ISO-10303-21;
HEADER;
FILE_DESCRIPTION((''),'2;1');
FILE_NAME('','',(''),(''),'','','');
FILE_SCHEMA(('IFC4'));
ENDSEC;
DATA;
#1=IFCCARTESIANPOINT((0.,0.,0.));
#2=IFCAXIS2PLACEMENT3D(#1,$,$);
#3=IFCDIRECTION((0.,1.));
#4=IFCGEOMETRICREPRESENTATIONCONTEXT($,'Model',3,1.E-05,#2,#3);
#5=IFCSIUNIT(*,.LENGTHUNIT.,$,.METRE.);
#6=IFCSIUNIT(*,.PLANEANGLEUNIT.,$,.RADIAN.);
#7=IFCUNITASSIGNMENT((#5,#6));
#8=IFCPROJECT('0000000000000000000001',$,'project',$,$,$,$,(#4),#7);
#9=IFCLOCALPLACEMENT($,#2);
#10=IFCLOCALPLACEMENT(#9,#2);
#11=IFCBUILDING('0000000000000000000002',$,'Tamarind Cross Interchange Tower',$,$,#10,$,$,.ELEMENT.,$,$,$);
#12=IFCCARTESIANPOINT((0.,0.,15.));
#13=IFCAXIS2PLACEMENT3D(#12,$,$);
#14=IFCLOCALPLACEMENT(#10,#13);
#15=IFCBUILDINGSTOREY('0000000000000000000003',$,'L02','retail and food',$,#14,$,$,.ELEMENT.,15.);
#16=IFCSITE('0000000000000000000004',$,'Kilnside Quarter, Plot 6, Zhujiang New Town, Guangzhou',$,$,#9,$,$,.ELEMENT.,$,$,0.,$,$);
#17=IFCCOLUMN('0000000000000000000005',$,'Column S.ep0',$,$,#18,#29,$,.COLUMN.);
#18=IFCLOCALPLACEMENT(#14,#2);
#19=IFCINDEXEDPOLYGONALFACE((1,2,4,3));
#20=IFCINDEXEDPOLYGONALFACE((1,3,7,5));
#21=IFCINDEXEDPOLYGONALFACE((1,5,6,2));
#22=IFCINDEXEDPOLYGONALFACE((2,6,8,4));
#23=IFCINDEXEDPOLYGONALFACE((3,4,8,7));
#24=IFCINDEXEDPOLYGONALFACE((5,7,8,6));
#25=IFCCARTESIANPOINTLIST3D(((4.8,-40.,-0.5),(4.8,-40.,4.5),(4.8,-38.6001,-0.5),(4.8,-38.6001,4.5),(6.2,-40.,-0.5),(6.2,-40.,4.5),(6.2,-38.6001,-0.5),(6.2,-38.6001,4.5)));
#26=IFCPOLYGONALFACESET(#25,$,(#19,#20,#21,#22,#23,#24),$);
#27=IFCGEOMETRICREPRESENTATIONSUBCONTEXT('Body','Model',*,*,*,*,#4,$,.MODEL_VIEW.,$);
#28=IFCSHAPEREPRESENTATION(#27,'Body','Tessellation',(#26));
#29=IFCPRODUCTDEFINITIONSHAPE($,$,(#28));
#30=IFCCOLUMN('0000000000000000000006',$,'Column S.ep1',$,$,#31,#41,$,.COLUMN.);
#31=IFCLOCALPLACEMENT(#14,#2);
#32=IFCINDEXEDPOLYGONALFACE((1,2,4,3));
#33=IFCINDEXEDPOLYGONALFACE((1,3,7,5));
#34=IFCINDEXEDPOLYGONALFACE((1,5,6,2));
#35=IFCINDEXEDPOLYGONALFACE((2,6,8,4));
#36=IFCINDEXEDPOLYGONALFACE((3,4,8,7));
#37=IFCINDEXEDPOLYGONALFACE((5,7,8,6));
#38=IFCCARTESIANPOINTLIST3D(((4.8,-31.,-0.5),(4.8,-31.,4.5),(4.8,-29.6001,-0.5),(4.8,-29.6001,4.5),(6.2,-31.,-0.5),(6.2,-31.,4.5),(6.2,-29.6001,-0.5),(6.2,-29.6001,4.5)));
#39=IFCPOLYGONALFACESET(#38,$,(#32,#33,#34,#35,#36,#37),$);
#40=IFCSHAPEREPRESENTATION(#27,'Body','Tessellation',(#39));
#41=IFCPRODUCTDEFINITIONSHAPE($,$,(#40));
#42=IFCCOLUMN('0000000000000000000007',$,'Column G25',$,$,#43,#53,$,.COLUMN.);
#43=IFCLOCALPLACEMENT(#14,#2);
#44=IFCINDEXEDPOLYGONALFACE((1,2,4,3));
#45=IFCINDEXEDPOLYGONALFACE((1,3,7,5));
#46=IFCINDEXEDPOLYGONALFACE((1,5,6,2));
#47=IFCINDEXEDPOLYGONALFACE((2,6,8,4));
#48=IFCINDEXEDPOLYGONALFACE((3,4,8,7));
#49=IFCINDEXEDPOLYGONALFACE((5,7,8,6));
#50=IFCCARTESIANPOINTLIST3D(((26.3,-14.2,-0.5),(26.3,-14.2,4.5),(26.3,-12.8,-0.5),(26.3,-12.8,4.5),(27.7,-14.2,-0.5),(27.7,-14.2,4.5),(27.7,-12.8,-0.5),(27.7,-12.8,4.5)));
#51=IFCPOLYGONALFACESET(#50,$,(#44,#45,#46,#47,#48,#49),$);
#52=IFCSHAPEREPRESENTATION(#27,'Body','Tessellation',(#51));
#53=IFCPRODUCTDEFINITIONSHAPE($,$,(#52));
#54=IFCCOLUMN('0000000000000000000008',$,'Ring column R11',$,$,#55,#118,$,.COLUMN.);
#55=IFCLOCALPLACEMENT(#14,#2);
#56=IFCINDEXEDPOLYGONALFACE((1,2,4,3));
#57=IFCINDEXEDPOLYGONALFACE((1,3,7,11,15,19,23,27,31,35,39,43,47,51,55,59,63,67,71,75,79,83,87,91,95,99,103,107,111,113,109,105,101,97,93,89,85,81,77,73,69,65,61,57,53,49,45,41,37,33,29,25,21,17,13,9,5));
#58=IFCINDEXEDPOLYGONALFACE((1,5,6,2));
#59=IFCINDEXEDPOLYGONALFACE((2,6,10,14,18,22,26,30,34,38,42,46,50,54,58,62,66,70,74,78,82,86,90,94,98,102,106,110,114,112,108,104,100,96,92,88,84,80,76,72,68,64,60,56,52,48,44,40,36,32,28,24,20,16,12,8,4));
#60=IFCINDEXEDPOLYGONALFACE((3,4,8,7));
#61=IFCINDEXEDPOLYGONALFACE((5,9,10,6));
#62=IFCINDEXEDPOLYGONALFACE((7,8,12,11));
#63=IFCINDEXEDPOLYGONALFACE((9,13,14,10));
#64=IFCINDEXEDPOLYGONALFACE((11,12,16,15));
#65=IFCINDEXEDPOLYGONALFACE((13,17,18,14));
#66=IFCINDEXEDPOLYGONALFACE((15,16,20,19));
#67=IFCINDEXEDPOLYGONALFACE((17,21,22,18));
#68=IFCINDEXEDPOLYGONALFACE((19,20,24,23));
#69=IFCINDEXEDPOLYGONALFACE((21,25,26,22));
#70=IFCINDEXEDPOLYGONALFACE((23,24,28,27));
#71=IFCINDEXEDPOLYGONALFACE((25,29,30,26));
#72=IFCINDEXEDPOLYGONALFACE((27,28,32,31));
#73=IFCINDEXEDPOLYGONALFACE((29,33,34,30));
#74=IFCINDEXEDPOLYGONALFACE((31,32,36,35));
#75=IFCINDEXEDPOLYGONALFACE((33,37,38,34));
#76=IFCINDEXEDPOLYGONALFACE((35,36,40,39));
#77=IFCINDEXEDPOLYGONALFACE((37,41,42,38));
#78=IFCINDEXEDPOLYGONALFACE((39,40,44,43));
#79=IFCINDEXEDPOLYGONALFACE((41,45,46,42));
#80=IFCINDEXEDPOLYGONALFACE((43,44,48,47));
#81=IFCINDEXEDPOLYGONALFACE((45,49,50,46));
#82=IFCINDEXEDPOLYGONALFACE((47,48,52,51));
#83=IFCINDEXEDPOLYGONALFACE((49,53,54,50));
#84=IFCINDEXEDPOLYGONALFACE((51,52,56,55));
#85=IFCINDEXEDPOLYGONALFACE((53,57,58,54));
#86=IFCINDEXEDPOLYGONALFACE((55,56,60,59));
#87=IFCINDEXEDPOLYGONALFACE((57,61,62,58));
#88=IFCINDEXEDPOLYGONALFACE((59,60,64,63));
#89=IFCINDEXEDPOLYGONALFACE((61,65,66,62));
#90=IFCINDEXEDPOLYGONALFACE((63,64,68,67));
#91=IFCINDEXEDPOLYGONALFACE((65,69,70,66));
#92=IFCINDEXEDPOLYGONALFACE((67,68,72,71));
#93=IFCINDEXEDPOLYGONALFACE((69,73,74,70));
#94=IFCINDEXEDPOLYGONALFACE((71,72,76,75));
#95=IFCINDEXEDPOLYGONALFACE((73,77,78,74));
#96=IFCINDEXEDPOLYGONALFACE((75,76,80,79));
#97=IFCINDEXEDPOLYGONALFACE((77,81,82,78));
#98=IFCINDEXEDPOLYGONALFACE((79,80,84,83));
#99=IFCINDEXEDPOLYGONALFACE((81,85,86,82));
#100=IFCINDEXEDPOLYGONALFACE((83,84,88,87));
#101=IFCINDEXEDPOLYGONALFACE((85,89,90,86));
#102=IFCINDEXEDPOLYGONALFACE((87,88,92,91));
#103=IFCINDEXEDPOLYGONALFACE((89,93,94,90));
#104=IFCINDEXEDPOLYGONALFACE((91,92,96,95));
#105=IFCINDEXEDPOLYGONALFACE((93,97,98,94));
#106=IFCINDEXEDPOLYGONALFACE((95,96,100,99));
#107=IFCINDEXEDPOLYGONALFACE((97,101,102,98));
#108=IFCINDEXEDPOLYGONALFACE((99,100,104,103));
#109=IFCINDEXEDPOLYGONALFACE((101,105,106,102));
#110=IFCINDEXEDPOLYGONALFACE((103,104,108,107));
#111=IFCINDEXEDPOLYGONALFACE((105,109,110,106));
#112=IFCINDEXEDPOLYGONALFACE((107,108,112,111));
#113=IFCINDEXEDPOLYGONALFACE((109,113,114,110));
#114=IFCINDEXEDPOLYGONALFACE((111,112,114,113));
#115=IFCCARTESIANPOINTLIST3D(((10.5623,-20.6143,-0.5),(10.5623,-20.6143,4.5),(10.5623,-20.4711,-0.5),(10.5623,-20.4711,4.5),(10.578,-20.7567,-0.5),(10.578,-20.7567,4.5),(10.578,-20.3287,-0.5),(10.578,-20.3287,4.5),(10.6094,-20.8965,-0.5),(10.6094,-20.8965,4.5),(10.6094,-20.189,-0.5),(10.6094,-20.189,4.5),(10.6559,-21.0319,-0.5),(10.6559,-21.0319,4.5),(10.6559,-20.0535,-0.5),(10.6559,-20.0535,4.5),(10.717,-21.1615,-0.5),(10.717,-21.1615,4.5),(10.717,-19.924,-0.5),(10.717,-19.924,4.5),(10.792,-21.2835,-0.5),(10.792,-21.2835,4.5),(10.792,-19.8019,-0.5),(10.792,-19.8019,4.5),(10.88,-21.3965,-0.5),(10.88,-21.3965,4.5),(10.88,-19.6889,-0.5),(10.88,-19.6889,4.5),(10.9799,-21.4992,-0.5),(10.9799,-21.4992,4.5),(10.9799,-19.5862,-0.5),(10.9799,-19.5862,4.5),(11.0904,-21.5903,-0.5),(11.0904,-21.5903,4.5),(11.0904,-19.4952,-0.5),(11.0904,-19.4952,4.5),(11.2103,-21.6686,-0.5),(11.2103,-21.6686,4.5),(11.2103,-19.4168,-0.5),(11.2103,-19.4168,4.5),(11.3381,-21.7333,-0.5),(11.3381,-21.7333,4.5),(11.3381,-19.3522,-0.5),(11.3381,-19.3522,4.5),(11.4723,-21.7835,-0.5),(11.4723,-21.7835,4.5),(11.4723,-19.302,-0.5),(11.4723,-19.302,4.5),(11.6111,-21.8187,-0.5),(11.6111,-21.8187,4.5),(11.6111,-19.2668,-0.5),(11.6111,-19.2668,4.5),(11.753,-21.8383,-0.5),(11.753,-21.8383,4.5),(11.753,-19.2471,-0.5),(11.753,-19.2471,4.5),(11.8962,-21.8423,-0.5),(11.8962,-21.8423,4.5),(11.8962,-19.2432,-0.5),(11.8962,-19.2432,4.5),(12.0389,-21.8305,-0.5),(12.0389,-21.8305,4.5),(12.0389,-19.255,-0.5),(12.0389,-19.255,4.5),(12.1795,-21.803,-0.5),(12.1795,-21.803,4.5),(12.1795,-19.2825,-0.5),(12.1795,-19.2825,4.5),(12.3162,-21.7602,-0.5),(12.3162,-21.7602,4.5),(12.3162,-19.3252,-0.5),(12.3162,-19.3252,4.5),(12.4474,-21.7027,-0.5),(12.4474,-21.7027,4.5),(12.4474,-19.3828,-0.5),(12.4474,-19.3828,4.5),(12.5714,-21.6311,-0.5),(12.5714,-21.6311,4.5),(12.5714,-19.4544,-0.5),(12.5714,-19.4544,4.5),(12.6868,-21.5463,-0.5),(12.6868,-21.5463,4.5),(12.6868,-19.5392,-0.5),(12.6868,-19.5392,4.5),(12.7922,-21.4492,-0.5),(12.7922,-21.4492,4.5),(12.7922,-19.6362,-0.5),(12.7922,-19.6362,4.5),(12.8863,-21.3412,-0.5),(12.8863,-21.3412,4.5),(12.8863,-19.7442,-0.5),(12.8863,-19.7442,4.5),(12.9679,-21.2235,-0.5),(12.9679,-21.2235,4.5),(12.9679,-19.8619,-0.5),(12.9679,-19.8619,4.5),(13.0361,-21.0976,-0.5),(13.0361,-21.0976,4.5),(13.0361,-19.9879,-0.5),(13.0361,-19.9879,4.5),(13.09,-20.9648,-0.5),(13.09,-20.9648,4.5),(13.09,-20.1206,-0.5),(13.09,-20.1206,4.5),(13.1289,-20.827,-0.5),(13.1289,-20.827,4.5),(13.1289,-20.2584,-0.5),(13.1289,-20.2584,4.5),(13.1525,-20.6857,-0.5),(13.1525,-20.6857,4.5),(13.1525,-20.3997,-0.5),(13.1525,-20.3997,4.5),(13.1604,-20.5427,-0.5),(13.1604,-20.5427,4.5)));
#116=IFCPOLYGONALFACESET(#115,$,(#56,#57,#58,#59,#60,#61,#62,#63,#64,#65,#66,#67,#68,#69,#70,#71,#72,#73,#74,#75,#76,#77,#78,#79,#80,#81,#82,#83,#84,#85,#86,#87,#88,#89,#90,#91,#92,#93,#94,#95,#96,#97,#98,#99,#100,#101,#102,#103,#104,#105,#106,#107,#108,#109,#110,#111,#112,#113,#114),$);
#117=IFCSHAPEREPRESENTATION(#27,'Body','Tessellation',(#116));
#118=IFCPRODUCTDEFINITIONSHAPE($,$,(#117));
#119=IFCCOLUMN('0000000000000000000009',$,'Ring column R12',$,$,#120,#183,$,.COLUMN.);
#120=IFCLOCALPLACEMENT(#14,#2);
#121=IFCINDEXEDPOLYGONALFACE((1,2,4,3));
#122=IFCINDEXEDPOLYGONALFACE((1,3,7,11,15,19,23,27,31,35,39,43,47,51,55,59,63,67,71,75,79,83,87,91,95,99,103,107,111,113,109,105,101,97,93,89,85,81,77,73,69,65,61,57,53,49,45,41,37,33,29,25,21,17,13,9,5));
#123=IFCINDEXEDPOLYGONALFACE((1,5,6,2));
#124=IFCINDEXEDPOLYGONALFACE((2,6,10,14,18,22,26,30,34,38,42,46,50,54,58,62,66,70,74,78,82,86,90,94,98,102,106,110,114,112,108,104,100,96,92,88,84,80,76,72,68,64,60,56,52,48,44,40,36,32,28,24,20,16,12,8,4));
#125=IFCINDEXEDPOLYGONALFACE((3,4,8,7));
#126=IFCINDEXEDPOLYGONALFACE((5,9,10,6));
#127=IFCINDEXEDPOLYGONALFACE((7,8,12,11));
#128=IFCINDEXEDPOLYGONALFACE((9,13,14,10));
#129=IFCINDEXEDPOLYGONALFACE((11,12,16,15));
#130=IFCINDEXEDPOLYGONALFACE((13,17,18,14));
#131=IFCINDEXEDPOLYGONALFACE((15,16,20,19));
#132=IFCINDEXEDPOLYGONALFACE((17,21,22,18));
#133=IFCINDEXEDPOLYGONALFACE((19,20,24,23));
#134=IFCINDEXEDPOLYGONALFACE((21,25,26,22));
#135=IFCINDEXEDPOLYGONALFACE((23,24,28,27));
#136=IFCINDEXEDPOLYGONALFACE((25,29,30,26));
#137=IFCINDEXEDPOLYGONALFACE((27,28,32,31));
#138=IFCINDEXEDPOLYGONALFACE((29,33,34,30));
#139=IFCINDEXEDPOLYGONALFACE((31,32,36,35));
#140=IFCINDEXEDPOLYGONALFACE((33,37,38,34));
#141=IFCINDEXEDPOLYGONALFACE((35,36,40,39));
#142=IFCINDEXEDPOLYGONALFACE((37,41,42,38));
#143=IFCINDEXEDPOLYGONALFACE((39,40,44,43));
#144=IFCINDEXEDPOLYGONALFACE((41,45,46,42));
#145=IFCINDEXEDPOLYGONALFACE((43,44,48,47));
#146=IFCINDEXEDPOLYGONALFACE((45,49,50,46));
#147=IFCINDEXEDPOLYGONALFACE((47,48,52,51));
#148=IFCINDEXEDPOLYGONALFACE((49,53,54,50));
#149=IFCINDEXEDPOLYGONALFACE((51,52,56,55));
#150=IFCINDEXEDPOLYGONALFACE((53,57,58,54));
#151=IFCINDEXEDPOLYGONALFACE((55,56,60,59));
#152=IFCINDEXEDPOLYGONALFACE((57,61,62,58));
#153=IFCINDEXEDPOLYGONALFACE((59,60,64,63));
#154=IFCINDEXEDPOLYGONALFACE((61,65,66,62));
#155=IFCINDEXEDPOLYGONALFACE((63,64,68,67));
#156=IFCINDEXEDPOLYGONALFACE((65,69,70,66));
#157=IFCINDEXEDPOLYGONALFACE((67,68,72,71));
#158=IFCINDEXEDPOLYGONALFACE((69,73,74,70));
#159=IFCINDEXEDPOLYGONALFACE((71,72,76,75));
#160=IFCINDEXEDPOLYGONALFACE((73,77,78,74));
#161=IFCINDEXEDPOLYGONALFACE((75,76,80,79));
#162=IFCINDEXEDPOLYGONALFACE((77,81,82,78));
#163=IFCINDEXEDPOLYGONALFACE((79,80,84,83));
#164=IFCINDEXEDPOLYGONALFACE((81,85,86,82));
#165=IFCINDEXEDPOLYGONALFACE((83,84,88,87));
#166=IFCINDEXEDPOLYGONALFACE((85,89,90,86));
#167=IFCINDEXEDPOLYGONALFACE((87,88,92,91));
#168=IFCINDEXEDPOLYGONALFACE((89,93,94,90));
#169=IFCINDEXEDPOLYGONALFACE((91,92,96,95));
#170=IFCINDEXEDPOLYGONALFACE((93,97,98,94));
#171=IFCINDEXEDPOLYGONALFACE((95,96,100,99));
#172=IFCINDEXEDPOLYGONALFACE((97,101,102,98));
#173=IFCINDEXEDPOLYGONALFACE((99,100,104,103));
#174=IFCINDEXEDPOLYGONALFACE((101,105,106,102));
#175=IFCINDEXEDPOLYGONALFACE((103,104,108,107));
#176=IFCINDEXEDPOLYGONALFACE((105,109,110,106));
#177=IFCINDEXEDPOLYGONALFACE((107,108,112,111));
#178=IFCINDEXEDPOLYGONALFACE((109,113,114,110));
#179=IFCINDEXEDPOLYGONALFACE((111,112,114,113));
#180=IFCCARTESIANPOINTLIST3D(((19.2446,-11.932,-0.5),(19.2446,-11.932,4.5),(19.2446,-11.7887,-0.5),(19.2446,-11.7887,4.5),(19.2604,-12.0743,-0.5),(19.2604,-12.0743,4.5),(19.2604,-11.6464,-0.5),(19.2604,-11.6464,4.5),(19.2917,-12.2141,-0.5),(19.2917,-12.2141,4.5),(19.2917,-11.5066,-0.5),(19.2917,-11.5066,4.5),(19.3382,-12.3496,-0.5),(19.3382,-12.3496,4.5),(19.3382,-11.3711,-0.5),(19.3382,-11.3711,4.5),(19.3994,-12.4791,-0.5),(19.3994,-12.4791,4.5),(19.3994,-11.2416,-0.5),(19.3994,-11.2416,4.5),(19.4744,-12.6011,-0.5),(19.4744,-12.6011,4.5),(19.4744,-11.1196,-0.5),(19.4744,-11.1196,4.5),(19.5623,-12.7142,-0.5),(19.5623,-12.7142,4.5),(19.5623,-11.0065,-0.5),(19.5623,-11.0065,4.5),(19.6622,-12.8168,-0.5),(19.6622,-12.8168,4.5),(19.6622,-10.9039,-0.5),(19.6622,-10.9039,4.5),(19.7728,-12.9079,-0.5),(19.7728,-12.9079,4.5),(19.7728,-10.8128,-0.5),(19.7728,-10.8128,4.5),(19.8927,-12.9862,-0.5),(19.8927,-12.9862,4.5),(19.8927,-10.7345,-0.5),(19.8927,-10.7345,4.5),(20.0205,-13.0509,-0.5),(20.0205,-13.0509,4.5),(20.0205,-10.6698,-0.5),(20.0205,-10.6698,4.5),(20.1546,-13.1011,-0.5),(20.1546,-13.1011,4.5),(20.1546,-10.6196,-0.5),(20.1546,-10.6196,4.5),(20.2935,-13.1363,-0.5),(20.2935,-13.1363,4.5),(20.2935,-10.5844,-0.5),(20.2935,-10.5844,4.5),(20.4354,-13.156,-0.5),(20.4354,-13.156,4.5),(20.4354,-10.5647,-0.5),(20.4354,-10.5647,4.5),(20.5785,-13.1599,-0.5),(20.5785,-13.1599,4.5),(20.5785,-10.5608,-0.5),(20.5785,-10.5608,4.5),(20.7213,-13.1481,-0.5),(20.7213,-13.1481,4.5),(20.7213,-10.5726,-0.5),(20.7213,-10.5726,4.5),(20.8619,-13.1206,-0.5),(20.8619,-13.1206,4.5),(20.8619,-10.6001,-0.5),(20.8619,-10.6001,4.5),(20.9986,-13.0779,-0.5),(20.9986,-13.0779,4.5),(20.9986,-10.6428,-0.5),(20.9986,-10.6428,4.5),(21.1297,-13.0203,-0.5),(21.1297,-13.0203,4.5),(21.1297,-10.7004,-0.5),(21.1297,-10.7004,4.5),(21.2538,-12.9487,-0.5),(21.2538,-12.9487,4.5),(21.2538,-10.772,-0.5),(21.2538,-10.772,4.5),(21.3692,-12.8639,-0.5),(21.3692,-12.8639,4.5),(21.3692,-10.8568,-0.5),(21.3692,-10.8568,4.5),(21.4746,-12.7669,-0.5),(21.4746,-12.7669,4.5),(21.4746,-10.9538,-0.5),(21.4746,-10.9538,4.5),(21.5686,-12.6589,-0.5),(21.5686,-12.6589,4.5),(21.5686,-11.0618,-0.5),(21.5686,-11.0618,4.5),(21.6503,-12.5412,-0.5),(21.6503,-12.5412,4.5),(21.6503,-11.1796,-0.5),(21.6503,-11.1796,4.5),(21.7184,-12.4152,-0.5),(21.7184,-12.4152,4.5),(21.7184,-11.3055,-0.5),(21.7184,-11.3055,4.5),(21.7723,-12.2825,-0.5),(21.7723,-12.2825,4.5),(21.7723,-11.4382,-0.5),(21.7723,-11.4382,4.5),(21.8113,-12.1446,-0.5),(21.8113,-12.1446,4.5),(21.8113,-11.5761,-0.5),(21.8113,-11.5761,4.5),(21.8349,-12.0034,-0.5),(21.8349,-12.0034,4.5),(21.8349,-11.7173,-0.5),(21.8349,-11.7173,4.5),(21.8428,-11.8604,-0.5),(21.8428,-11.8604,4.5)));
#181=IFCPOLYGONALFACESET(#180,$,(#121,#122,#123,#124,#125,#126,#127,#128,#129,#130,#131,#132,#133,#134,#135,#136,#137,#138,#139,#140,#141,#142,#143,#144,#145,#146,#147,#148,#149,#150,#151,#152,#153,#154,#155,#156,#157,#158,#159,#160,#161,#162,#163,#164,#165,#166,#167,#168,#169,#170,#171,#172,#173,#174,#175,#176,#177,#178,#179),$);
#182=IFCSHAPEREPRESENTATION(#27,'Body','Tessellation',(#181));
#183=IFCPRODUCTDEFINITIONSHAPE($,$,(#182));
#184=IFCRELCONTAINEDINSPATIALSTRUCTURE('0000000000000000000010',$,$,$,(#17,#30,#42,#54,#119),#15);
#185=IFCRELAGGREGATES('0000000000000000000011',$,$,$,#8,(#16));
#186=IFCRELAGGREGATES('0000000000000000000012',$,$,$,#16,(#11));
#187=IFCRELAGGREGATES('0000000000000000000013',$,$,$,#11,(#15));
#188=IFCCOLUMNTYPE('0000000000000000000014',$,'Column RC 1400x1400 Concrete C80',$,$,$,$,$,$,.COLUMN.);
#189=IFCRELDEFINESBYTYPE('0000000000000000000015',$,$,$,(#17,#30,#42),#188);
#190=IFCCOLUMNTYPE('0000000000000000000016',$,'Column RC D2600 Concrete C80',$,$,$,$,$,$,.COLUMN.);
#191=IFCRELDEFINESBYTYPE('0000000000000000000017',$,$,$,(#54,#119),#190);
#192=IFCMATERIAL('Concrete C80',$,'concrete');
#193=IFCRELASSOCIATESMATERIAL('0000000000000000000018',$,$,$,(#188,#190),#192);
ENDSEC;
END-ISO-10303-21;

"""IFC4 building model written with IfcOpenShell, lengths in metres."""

from ifc_helpers import new_model, si_unit, direction, frame, origin, origin_2d, place, context, subcontext, project, spatial, rectangle, circle, extrude, material, material_profile, profile_set, type_object, element, save


model = new_model("IFC4")

# Units and contexts
model_context = context("Model", 3, precision=1e-05, world=origin(), true_north=direction((0.0, 1.0)))
body_context = subcontext(model_context, "Body", "Model", "MODEL_VIEW")
ifc_project = project(units=[si_unit("LENGTHUNIT", "METRE"), si_unit("PLANEANGLEUNIT", "RADIAN")], contexts=[model_context])

# Site, building, storey
site_placement = place(None, origin())
site = spatial("IfcSite", under=ifc_project, at=site_placement, Name="Kilnside Quarter, Plot 6, Zhujiang New Town, Guangzhou", CompositionType="ELEMENT", RefElevation=0.0)
building_placement = place(site_placement, origin())
building = spatial("IfcBuilding", under=site, at=building_placement, Name="Tamarind Cross Interchange Tower", CompositionType="ELEMENT")
storey_placement = place(building_placement, frame((0.0, 0.0, 15.0)))
storey = spatial("IfcBuildingStorey", under=building, at=storey_placement, Name="L02", Description="retail and food", CompositionType="ELEMENT", Elevation=15.0)

# Columns
ifc_material_1 = material(Name="Concrete C80", Category="concrete")
ifc_material_profile_1 = material_profile(ifc_material_1, rectangle(XDim=1.3999, YDim=1.3999, at=origin_2d()), Name="RC 1400x1400")
ifc_profile_set_1 = profile_set([ifc_material_profile_1], Name="Concrete C80")
column_type_1 = type_object("IfcColumnType", Name="Column RC 1400x1400 Concrete C80", PredefinedType="COLUMN", material=ifc_profile_set_1)
for number, where, z_axis, x_axis, name in (
    (1, (5.5, -39.3, -0.5), (0.0, 0.0, 1.0), (1.0, 0.0, 0.0), "Column S.ep0"),
    (2, (5.5, -30.3, -0.5), (0.0, 0.0, 1.0), (1.0, 0.0, 0.0), "Column S.ep1"),
    (3, (27.0, -13.5, -0.5), (0.0, 0.0, 1.0), (1.0, 0.0, 0.0), "Column G25"),
):
    element("IfcColumn", number, at=place(storey_placement, frame(where, z_axis=z_axis, x_axis=x_axis)), inside=storey, type_object=column_type_1, Name=name, PredefinedType="COLUMN", context=body_context, shape_type="SweptSolid", body=[
        extrude(rectangle(XDim=1.3999, YDim=1.3999, at=origin_2d()), origin(), (0.0, 0.0, 1.0), 5.0),
    ])
ifc_material_profile_2 = material_profile(ifc_material_1, circle(Radius=1.3, at=origin_2d()), Name="RC D2600")
ifc_profile_set_2 = profile_set([ifc_material_profile_2], Name="Concrete C80")
column_type_2 = type_object("IfcColumnType", Name="Column RC D2600 Concrete C80", PredefinedType="COLUMN", material=ifc_profile_set_2)
for number, where, z_axis, x_axis, name in (
    (4, (11.8604, -20.5427, -0.5), (0.0, 0.0, 1.0), (1.0, 0.0, 0.0), "Ring column R11"),
    (5, (20.5427, -11.8604, -0.5), (0.0, 0.0, 1.0), (1.0, 0.0, 0.0), "Ring column R12"),
):
    element("IfcColumn", number, at=place(storey_placement, frame(where, z_axis=z_axis, x_axis=x_axis)), inside=storey, type_object=column_type_2, Name=name, PredefinedType="COLUMN", context=body_context, shape_type="SweptSolid", body=[
        extrude(circle(Radius=1.3, at=origin_2d()), origin(), (0.0, 0.0, 1.0), 5.0),
    ])

save(model, "model.ifc")
